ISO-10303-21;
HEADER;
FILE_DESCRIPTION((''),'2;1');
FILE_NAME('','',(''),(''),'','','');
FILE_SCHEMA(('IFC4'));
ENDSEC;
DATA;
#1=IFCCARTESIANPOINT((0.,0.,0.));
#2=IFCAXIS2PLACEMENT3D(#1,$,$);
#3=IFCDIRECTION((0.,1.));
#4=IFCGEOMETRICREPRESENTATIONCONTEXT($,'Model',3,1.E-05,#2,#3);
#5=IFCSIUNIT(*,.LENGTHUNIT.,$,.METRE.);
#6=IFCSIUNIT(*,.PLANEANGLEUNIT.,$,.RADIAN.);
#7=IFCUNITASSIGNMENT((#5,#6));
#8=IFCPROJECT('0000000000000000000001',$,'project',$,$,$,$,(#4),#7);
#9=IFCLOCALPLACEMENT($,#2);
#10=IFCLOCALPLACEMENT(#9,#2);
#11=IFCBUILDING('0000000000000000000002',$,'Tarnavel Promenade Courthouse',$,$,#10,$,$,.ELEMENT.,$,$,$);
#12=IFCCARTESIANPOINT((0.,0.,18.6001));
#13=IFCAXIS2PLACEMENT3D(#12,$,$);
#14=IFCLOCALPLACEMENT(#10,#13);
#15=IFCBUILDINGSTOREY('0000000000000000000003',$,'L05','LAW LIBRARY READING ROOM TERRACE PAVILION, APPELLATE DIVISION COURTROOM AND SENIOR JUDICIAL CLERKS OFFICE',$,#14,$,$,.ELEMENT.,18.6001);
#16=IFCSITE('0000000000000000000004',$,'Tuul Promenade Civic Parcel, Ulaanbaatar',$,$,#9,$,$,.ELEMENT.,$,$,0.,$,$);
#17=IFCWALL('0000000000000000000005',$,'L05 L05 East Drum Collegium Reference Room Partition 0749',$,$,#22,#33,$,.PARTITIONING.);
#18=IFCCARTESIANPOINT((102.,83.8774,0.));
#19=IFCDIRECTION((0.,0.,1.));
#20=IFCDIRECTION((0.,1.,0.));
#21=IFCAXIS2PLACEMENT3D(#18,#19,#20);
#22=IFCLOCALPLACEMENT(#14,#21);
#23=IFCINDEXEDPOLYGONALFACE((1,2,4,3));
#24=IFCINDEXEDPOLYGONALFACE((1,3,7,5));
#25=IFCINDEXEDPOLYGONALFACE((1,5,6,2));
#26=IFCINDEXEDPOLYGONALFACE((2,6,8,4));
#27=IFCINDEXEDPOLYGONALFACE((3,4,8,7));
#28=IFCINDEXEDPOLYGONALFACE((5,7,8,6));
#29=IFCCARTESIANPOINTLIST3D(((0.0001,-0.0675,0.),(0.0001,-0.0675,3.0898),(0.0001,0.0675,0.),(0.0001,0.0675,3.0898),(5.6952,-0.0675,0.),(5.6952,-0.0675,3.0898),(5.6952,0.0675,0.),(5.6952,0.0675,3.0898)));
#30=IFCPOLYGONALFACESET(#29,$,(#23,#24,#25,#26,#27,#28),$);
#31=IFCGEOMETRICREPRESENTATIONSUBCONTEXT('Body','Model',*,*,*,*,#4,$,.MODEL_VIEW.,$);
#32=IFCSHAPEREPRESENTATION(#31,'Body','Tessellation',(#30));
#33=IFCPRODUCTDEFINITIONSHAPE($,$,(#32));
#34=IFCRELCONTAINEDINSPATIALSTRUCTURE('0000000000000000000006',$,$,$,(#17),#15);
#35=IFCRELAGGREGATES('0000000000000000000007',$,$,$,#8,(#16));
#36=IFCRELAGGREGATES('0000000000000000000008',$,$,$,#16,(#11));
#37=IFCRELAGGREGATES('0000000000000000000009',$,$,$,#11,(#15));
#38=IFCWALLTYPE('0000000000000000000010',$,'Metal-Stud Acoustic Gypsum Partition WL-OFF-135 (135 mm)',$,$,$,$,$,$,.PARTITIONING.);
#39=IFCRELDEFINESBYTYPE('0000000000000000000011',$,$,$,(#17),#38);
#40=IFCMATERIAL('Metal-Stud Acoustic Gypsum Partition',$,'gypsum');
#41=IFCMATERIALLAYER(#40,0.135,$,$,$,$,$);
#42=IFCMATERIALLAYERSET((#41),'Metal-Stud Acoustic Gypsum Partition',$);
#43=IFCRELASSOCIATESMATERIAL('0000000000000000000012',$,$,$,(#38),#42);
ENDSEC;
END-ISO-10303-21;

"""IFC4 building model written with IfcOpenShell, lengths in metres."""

from ifc_helpers import new_model, si_unit, direction, frame, frame_2d, origin, place, context, subcontext, project, spatial, rectangle, extrude, material, layer, layer_set, type_object, element, save


model = new_model("IFC4")

# Units and contexts
model_context = context("Model", 3, precision=1e-05, world=origin(), true_north=direction((0.0, 1.0)))
body_context = subcontext(model_context, "Body", "Model", "MODEL_VIEW")
ifc_project = project(units=[si_unit("LENGTHUNIT", "METRE"), si_unit("PLANEANGLEUNIT", "RADIAN")], contexts=[model_context])

# Site, building, storey
site_placement = place(None, origin())
site = spatial("IfcSite", under=ifc_project, at=site_placement, Name="Tuul Promenade Civic Parcel, Ulaanbaatar", CompositionType="ELEMENT", RefElevation=0.0)
building_placement = place(site_placement, origin())
building = spatial("IfcBuilding", under=site, at=building_placement, Name="Tarnavel Promenade Courthouse", CompositionType="ELEMENT")
storey_placement = place(building_placement, frame((0.0, 0.0, 18.6001)))
storey = spatial("IfcBuildingStorey", under=building, at=storey_placement, Name="L05", Description="LAW LIBRARY READING ROOM TERRACE PAVILION, APPELLATE DIVISION COURTROOM AND SENIOR JUDICIAL CLERKS OFFICE", CompositionType="ELEMENT", Elevation=18.6001)

# Shared definitions
ifc_material_1 = material(Name="Metal-Stud Acoustic Gypsum Partition", Category="gypsum")
ifc_layer_1 = layer(ifc_material_1, 0.135)
ifc_layer_set_1 = layer_set([ifc_layer_1], Name="Metal-Stud Acoustic Gypsum Partition")
wall_type_1 = type_object("IfcWallType", Name="Metal-Stud Acoustic Gypsum Partition WL-OFF-135 (135 mm)", PredefinedType="PARTITIONING", material=ifc_layer_set_1)

# Wall
wall_1_placement = place(storey_placement, frame((102.0, 83.8774, 0.0), z_axis=(0.0, 0.0, 1.0), x_axis=(0.0, 1.0, 0.0)))
element("IfcWall", 1, at=wall_1_placement, inside=storey, type_object=wall_type_1, Name="L05 L05 East Drum Collegium Reference Room Partition 0749", PredefinedType="PARTITIONING", context=body_context, shape_type="SweptSolid", body=[
    extrude(rectangle(XDim=5.6951, YDim=0.135, at=frame_2d((2.8477, 0.0))), origin(), (0.0, 0.0, 1.0), 3.0898),
])

save(model, "model.ifc")
